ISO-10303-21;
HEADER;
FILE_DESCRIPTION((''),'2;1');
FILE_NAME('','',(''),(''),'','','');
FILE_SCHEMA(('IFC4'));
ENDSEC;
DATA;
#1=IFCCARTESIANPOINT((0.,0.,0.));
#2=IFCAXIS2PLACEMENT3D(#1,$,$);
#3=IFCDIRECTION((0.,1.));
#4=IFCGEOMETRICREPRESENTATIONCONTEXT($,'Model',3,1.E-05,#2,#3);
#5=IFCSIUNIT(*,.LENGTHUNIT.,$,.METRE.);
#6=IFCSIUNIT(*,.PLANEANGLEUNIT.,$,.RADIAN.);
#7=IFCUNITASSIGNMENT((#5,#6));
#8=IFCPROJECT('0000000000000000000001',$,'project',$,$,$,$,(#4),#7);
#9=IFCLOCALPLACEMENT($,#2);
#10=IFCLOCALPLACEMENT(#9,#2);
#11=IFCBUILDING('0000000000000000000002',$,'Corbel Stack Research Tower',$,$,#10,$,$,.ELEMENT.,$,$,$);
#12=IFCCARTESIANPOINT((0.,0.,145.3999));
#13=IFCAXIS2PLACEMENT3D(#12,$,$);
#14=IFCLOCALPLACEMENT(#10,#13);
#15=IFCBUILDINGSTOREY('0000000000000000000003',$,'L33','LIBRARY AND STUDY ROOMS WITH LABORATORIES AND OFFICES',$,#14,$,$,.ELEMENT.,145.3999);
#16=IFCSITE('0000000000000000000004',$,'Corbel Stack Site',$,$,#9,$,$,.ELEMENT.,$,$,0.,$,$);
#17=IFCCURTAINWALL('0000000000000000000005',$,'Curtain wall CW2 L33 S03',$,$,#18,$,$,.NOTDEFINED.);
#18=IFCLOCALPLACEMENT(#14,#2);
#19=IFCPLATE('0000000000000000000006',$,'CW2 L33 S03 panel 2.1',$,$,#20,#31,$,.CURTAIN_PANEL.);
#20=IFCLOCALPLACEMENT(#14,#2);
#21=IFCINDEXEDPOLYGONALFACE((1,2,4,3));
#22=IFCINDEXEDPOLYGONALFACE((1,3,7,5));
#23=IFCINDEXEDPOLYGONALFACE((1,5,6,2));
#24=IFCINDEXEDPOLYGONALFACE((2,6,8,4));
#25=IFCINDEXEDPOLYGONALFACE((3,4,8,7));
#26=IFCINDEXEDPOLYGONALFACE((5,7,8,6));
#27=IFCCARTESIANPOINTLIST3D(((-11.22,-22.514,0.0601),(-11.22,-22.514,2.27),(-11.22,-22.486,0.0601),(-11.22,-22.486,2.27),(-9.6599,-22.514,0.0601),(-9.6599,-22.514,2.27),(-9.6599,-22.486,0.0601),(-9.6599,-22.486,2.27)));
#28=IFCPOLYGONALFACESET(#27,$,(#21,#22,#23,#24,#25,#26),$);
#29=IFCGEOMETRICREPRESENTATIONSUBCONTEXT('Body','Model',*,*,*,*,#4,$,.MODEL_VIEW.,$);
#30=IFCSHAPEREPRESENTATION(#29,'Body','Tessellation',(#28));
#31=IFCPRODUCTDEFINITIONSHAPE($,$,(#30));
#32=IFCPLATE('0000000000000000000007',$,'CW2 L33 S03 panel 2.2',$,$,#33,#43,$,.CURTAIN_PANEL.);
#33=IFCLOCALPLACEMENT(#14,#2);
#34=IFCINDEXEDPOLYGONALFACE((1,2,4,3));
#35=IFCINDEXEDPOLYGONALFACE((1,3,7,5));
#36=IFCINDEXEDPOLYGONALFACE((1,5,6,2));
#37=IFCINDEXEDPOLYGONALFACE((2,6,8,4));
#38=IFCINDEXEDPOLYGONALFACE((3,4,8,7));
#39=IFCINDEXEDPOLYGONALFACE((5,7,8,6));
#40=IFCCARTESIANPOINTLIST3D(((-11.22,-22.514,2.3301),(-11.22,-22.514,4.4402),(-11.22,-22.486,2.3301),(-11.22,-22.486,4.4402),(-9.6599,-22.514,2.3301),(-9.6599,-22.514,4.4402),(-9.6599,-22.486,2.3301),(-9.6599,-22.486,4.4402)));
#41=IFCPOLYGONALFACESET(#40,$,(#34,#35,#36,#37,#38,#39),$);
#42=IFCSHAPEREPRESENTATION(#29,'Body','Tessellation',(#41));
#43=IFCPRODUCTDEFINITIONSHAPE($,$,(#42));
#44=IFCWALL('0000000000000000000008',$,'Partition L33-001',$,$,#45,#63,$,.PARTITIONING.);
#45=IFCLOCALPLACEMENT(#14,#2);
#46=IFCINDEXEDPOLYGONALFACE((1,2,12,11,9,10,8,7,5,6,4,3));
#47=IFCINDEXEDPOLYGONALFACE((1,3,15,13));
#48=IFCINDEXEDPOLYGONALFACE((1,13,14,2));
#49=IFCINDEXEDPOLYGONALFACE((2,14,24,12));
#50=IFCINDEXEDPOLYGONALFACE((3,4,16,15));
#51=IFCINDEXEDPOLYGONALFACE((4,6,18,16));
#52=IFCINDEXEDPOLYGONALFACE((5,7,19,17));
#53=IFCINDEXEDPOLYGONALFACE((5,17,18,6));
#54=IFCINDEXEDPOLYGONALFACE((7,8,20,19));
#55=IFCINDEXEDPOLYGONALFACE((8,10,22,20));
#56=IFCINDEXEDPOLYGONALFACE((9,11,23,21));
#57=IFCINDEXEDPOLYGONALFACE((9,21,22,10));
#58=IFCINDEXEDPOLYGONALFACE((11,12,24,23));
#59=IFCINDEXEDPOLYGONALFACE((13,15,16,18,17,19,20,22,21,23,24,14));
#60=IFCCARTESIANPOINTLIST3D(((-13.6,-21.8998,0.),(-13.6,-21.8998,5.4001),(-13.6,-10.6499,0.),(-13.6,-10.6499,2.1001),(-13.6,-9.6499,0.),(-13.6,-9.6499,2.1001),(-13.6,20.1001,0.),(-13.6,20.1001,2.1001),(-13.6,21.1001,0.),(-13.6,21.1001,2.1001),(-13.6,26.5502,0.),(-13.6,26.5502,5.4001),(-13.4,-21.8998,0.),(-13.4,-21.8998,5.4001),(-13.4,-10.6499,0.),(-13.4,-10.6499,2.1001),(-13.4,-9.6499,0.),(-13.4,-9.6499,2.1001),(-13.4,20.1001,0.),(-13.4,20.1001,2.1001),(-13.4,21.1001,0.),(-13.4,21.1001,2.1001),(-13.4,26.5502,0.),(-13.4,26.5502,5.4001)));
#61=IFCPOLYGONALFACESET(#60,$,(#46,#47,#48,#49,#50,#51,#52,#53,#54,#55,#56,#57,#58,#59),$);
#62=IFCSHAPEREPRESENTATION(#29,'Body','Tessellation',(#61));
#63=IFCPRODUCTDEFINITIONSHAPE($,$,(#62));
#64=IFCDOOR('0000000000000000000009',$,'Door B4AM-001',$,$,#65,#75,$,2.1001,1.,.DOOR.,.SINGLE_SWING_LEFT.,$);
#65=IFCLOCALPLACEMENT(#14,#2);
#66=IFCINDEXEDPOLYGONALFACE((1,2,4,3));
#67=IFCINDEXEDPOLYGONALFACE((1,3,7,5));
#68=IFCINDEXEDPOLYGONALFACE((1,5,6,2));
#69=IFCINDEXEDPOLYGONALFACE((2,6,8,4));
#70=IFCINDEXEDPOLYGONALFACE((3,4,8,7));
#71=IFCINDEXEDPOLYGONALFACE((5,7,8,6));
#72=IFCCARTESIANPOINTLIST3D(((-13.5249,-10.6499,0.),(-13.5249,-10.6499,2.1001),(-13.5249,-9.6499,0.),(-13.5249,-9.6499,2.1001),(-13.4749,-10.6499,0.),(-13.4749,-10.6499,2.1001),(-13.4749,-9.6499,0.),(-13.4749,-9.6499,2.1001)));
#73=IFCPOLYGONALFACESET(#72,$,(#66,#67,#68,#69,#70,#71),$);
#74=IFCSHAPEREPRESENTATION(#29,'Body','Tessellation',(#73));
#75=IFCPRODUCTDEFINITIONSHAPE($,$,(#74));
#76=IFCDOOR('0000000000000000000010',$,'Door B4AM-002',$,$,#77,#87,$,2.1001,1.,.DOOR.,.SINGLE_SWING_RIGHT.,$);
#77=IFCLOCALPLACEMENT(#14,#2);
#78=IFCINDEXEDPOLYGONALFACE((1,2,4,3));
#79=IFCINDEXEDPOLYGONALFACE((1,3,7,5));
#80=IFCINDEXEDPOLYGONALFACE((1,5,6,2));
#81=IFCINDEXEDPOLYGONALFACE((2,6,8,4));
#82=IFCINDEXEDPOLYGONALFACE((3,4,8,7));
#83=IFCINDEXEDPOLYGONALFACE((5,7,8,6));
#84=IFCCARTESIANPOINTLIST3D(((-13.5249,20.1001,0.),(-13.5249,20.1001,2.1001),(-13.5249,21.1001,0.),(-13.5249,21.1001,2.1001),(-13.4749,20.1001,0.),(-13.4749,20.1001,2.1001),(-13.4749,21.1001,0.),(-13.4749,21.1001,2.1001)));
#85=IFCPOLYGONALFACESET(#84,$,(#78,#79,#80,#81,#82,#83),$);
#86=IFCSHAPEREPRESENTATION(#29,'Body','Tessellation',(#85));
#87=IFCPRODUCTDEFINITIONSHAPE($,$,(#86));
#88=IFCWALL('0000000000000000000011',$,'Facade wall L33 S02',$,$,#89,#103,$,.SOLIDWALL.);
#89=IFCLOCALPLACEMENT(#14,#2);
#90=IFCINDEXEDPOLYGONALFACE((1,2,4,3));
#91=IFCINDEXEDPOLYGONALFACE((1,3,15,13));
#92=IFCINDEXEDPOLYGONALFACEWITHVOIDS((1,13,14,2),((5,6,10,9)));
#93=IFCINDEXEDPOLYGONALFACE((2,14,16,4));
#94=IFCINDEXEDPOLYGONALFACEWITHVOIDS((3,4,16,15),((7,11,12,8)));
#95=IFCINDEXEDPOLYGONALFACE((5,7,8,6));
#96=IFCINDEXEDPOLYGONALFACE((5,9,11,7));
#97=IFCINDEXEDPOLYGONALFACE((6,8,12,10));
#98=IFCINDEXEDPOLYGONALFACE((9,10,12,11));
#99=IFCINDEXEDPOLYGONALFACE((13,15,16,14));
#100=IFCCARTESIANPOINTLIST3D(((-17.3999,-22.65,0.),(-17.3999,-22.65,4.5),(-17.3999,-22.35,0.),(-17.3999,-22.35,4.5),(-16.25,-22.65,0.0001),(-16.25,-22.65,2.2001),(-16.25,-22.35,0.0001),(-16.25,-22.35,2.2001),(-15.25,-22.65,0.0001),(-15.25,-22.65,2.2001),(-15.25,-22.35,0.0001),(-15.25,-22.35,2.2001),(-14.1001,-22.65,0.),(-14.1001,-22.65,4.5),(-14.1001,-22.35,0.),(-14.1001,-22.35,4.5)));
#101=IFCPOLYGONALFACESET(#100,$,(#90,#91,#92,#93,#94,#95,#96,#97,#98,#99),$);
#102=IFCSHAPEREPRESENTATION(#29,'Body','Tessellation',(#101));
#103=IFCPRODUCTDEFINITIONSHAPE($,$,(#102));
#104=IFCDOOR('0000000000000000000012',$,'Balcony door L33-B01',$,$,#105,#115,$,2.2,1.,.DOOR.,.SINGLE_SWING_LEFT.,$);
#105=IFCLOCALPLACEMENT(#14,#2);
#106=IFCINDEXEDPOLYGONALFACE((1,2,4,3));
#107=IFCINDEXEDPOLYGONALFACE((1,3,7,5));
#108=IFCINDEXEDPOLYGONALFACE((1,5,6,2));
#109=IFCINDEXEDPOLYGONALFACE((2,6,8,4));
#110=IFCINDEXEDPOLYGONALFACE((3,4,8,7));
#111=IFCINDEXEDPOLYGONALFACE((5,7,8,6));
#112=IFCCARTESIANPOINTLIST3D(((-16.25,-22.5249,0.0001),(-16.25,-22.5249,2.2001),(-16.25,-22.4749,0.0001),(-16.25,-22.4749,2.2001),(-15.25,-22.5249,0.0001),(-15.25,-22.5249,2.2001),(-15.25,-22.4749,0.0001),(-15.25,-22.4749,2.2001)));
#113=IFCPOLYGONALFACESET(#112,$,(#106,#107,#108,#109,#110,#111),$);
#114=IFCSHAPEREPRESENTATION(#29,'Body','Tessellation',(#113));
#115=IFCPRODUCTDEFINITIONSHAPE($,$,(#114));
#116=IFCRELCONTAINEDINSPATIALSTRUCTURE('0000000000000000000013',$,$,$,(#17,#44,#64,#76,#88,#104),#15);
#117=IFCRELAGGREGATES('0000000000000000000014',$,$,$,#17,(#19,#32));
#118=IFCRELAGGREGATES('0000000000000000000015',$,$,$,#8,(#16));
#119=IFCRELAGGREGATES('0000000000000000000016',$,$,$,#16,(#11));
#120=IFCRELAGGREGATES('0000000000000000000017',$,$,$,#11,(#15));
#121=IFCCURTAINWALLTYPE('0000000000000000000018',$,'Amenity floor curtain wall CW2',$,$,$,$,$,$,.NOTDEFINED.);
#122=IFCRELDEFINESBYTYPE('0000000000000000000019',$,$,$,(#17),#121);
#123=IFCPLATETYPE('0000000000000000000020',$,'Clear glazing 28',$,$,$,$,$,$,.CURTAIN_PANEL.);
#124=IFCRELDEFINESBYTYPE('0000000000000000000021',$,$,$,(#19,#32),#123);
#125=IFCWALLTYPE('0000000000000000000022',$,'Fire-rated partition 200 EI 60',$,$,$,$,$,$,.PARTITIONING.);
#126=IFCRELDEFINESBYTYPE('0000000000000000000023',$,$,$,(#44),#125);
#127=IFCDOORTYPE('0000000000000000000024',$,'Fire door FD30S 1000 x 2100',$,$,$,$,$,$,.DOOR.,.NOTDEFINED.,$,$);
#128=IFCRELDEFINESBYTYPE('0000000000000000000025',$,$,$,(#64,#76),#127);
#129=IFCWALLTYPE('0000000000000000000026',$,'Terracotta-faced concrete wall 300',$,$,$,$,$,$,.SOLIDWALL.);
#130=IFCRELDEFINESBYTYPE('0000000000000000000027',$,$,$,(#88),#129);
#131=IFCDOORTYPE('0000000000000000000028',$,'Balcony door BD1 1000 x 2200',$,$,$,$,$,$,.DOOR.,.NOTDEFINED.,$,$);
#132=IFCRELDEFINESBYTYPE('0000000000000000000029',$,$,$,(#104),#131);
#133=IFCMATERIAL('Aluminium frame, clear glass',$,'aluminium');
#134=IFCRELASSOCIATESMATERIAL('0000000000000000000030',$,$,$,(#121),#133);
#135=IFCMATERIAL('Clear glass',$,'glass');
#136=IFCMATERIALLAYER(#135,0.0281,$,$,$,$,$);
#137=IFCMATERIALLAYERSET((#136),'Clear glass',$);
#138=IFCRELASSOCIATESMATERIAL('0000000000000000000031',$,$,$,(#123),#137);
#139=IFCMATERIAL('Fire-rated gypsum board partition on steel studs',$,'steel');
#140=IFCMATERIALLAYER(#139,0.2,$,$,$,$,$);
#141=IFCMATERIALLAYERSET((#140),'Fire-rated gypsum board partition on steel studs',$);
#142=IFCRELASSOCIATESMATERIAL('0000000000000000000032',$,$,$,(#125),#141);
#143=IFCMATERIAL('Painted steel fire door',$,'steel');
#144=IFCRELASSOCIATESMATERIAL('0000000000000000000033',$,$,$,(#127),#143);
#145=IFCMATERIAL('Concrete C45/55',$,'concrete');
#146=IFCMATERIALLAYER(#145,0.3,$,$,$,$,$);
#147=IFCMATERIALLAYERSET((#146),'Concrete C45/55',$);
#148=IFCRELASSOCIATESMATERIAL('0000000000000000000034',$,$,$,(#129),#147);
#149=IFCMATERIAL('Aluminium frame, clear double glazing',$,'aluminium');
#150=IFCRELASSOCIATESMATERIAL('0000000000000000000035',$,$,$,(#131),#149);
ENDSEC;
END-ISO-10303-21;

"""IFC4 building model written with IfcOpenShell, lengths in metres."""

from ifc_helpers import new_model, si_unit, direction, frame, frame_2d, origin, origin_2d, place, context, subcontext, project, spatial, rectangle, extrude, material, layer, layer_set, type_object, element, fill, aggregate, save


model = new_model("IFC4")

# Units and contexts
model_context = context("Model", 3, precision=1e-05, world=origin(), true_north=direction((0.0, 1.0)))
body_context = subcontext(model_context, "Body", "Model", "MODEL_VIEW")
ifc_project = project(units=[si_unit("LENGTHUNIT", "METRE"), si_unit("PLANEANGLEUNIT", "RADIAN")], contexts=[model_context])

# Site, building, storey
site_placement = place(None, origin())
site = spatial("IfcSite", under=ifc_project, at=site_placement, Name="Corbel Stack Site", CompositionType="ELEMENT", RefElevation=0.0)
building_placement = place(site_placement, origin())
building = spatial("IfcBuilding", under=site, at=building_placement, Name="Corbel Stack Research Tower", CompositionType="ELEMENT")
storey_placement = place(building_placement, frame((0.0, 0.0, 145.3999)))
storey = spatial("IfcBuildingStorey", under=building, at=storey_placement, Name="L33", Description="LIBRARY AND STUDY ROOMS WITH LABORATORIES AND OFFICES", CompositionType="ELEMENT", Elevation=145.3999)

# Curtain wall
ifc_material_1 = material(Name="Aluminium frame, clear glass", Category="aluminium")
curtain_wall_type = type_object("IfcCurtainWallType", Name="Amenity floor curtain wall CW2", PredefinedType="NOTDEFINED", material=ifc_material_1)
curtain_wall_placement = place(storey_placement, origin())
curtain_wall = element("IfcCurtainWall", 1, at=curtain_wall_placement, inside=storey, type_object=curtain_wall_type, Name="Curtain wall CW2 L33 S03", PredefinedType="NOTDEFINED")

# Plates
ifc_material_2 = material(Name="Clear glass", Category="glass")
ifc_layer_1 = layer(ifc_material_2, 0.0281)
ifc_layer_set_1 = layer_set([ifc_layer_1], Name="Clear glass")
plate_type = type_object("IfcPlateType", Name="Clear glazing 28", PredefinedType="CURTAIN_PANEL", material=ifc_layer_set_1)
plate_1_placement = place(storey_placement, frame((-10.4399, -22.5, 0.0601), z_axis=(0.0, 0.0, 1.0), x_axis=(1.0, 0.0, 0.0)))
plate_1 = element("IfcPlate", 2, at=plate_1_placement, type_object=plate_type, Name="CW2 L33 S03 panel 2.1", PredefinedType="CURTAIN_PANEL", context=body_context, shape_type="SweptSolid", body=[
    extrude(rectangle(XDim=1.5601, YDim=0.0281, at=origin_2d()), origin(), (0.0, 0.0, 1.0), 2.21),
])
plate_2_placement = place(storey_placement, frame((-10.4399, -22.5, 2.3301), z_axis=(0.0, 0.0, 1.0), x_axis=(1.0, 0.0, 0.0)))
plate_2 = element("IfcPlate", 3, at=plate_2_placement, type_object=plate_type, Name="CW2 L33 S03 panel 2.2", PredefinedType="CURTAIN_PANEL", context=body_context, shape_type="SweptSolid", body=[
    extrude(rectangle(XDim=1.5601, YDim=0.0281, at=origin_2d()), origin(), (0.0, 0.0, 1.0), 2.1101),
])
aggregate(curtain_wall, [plate_1, plate_2])

# Wall, openings, doors
ifc_material_3 = material(Name="Fire-rated gypsum board partition on steel studs", Category="steel")
ifc_layer_2 = layer(ifc_material_3, 0.2)
ifc_layer_set_2 = layer_set([ifc_layer_2], Name="Fire-rated gypsum board partition on steel studs")
wall_type_1 = type_object("IfcWallType", Name="Fire-rated partition 200 EI 60", PredefinedType="PARTITIONING", material=ifc_layer_set_2)
wall_1_placement = place(storey_placement, frame((-13.5, -21.8999, 0.0), z_axis=(0.0, 0.0, 1.0), x_axis=(0.0, 1.0, 0.0)))
wall_1 = element("IfcWall", 4, at=wall_1_placement, inside=storey, type_object=wall_type_1, Name="Partition L33-001", PredefinedType="PARTITIONING", context=body_context, shape_type="SweptSolid", body=[
    extrude(rectangle(XDim=48.45, YDim=0.2, at=frame_2d((24.2251, 0.0))), origin(), (0.0, 0.0, 1.0), 5.4001),
])
opening_1_placement = place(wall_1_placement, frame((11.25, 0.0, 0.0)))
opening_1 = element("IfcOpeningElement", 5, at=opening_1_placement, cuts=wall_1, PredefinedType="OPENING", context=body_context, shape_type="SweptSolid", body=[
    extrude(rectangle(XDim=1.0, YDim=2.1001, at=frame_2d((0.5, 1.05))), frame((0.0, 0.1099, 0.0), z_axis=(0.0, -1.0, 0.0), x_axis=(1.0, 0.0, 0.0)), (0.0, 0.0, 1.0), 0.22),
])
opening_2_placement = place(wall_1_placement, frame((42.0, 0.0, 0.0)))
opening_2 = element("IfcOpeningElement", 6, at=opening_2_placement, cuts=wall_1, PredefinedType="OPENING", context=body_context, shape_type="SweptSolid", body=[
    extrude(rectangle(XDim=1.0, YDim=2.1001, at=frame_2d((0.5, 1.05))), frame((0.0, 0.1099, 0.0), z_axis=(0.0, -1.0, 0.0), x_axis=(1.0, 0.0, 0.0)), (0.0, 0.0, 1.0), 0.22),
])
ifc_material_4 = material(Name="Painted steel fire door", Category="steel")
door_type_1 = type_object("IfcDoorType", Name="Fire door FD30S 1000 x 2100", OperationType="NOTDEFINED", PredefinedType="DOOR", material=ifc_material_4)
door_1_placement = place(opening_1_placement, origin())
door_1 = element("IfcDoor", 7, at=door_1_placement, inside=storey, type_object=door_type_1, Name="Door B4AM-001", OperationType="SINGLE_SWING_LEFT", OverallHeight=2.1001, OverallWidth=1.0, PredefinedType="DOOR", context=body_context, shape_type="SweptSolid", body=[
    extrude(rectangle(XDim=1.0, YDim=2.1001, at=frame_2d((0.5, 1.05))), frame((0.0, 0.0249, 0.0), z_axis=(0.0, -1.0, 0.0), x_axis=(1.0, 0.0, 0.0)), (0.0, 0.0, 1.0), 0.05),
])
fill(opening_1, door_1)
door_2_placement = place(opening_2_placement, origin())
door_2 = element("IfcDoor", 8, at=door_2_placement, inside=storey, type_object=door_type_1, Name="Door B4AM-002", OperationType="SINGLE_SWING_RIGHT", OverallHeight=2.1001, OverallWidth=1.0, PredefinedType="DOOR", context=body_context, shape_type="SweptSolid", body=[
    extrude(rectangle(XDim=1.0, YDim=2.1001, at=frame_2d((0.5, 1.05))), frame((0.0, 0.0249, 0.0), z_axis=(0.0, -1.0, 0.0), x_axis=(1.0, 0.0, 0.0)), (0.0, 0.0, 1.0), 0.05),
])
fill(opening_2, door_2)

# Wall, opening, door
ifc_material_5 = material(Name="Concrete C45/55", Category="concrete")
ifc_layer_3 = layer(ifc_material_5, 0.3)
ifc_layer_set_3 = layer_set([ifc_layer_3], Name="Concrete C45/55")
wall_type_2 = type_object("IfcWallType", Name="Terracotta-faced concrete wall 300", PredefinedType="SOLIDWALL", material=ifc_layer_set_3)
wall_2_placement = place(storey_placement, frame((-14.1001, -22.5, 0.0), z_axis=(0.0, 0.0, 1.0), x_axis=(-1.0, 0.0, 0.0)))
wall_2 = element("IfcWall", 9, at=wall_2_placement, inside=storey, type_object=wall_type_2, Name="Facade wall L33 S02", PredefinedType="SOLIDWALL", context=body_context, shape_type="SweptSolid", body=[
    extrude(rectangle(XDim=3.2998, YDim=0.3, at=frame_2d((1.6499, 0.0))), origin(), (0.0, 0.0, 1.0), 4.5),
])
opening_3_placement = place(wall_2_placement, frame((1.1499, 0.0, 0.0)))
opening_3 = element("IfcOpeningElement", 10, at=opening_3_placement, cuts=wall_2, PredefinedType="OPENING", context=body_context, shape_type="SweptSolid", body=[
    extrude(rectangle(XDim=1.0, YDim=2.2, at=frame_2d((0.5, 1.1001))), frame((0.0, 0.1599, 0.0), z_axis=(0.0, -1.0, 0.0), x_axis=(1.0, 0.0, 0.0)), (0.0, 0.0, 1.0), 0.3201),
])
ifc_material_6 = material(Name="Aluminium frame, clear double glazing", Category="aluminium")
door_type_2 = type_object("IfcDoorType", Name="Balcony door BD1 1000 x 2200", OperationType="NOTDEFINED", PredefinedType="DOOR", material=ifc_material_6)
door_3_placement = place(opening_3_placement, origin())
door_3 = element("IfcDoor", 11, at=door_3_placement, inside=storey, type_object=door_type_2, Name="Balcony door L33-B01", OperationType="SINGLE_SWING_LEFT", OverallHeight=2.2, OverallWidth=1.0, PredefinedType="DOOR", context=body_context, shape_type="SweptSolid", body=[
    extrude(rectangle(XDim=1.0, YDim=2.2, at=frame_2d((0.5, 1.1001))), frame((0.0, 0.0249, 0.0), z_axis=(0.0, -1.0, 0.0), x_axis=(1.0, 0.0, 0.0)), (0.0, 0.0, 1.0), 0.05),
])
fill(opening_3, door_3)

save(model, "model.ifc")
